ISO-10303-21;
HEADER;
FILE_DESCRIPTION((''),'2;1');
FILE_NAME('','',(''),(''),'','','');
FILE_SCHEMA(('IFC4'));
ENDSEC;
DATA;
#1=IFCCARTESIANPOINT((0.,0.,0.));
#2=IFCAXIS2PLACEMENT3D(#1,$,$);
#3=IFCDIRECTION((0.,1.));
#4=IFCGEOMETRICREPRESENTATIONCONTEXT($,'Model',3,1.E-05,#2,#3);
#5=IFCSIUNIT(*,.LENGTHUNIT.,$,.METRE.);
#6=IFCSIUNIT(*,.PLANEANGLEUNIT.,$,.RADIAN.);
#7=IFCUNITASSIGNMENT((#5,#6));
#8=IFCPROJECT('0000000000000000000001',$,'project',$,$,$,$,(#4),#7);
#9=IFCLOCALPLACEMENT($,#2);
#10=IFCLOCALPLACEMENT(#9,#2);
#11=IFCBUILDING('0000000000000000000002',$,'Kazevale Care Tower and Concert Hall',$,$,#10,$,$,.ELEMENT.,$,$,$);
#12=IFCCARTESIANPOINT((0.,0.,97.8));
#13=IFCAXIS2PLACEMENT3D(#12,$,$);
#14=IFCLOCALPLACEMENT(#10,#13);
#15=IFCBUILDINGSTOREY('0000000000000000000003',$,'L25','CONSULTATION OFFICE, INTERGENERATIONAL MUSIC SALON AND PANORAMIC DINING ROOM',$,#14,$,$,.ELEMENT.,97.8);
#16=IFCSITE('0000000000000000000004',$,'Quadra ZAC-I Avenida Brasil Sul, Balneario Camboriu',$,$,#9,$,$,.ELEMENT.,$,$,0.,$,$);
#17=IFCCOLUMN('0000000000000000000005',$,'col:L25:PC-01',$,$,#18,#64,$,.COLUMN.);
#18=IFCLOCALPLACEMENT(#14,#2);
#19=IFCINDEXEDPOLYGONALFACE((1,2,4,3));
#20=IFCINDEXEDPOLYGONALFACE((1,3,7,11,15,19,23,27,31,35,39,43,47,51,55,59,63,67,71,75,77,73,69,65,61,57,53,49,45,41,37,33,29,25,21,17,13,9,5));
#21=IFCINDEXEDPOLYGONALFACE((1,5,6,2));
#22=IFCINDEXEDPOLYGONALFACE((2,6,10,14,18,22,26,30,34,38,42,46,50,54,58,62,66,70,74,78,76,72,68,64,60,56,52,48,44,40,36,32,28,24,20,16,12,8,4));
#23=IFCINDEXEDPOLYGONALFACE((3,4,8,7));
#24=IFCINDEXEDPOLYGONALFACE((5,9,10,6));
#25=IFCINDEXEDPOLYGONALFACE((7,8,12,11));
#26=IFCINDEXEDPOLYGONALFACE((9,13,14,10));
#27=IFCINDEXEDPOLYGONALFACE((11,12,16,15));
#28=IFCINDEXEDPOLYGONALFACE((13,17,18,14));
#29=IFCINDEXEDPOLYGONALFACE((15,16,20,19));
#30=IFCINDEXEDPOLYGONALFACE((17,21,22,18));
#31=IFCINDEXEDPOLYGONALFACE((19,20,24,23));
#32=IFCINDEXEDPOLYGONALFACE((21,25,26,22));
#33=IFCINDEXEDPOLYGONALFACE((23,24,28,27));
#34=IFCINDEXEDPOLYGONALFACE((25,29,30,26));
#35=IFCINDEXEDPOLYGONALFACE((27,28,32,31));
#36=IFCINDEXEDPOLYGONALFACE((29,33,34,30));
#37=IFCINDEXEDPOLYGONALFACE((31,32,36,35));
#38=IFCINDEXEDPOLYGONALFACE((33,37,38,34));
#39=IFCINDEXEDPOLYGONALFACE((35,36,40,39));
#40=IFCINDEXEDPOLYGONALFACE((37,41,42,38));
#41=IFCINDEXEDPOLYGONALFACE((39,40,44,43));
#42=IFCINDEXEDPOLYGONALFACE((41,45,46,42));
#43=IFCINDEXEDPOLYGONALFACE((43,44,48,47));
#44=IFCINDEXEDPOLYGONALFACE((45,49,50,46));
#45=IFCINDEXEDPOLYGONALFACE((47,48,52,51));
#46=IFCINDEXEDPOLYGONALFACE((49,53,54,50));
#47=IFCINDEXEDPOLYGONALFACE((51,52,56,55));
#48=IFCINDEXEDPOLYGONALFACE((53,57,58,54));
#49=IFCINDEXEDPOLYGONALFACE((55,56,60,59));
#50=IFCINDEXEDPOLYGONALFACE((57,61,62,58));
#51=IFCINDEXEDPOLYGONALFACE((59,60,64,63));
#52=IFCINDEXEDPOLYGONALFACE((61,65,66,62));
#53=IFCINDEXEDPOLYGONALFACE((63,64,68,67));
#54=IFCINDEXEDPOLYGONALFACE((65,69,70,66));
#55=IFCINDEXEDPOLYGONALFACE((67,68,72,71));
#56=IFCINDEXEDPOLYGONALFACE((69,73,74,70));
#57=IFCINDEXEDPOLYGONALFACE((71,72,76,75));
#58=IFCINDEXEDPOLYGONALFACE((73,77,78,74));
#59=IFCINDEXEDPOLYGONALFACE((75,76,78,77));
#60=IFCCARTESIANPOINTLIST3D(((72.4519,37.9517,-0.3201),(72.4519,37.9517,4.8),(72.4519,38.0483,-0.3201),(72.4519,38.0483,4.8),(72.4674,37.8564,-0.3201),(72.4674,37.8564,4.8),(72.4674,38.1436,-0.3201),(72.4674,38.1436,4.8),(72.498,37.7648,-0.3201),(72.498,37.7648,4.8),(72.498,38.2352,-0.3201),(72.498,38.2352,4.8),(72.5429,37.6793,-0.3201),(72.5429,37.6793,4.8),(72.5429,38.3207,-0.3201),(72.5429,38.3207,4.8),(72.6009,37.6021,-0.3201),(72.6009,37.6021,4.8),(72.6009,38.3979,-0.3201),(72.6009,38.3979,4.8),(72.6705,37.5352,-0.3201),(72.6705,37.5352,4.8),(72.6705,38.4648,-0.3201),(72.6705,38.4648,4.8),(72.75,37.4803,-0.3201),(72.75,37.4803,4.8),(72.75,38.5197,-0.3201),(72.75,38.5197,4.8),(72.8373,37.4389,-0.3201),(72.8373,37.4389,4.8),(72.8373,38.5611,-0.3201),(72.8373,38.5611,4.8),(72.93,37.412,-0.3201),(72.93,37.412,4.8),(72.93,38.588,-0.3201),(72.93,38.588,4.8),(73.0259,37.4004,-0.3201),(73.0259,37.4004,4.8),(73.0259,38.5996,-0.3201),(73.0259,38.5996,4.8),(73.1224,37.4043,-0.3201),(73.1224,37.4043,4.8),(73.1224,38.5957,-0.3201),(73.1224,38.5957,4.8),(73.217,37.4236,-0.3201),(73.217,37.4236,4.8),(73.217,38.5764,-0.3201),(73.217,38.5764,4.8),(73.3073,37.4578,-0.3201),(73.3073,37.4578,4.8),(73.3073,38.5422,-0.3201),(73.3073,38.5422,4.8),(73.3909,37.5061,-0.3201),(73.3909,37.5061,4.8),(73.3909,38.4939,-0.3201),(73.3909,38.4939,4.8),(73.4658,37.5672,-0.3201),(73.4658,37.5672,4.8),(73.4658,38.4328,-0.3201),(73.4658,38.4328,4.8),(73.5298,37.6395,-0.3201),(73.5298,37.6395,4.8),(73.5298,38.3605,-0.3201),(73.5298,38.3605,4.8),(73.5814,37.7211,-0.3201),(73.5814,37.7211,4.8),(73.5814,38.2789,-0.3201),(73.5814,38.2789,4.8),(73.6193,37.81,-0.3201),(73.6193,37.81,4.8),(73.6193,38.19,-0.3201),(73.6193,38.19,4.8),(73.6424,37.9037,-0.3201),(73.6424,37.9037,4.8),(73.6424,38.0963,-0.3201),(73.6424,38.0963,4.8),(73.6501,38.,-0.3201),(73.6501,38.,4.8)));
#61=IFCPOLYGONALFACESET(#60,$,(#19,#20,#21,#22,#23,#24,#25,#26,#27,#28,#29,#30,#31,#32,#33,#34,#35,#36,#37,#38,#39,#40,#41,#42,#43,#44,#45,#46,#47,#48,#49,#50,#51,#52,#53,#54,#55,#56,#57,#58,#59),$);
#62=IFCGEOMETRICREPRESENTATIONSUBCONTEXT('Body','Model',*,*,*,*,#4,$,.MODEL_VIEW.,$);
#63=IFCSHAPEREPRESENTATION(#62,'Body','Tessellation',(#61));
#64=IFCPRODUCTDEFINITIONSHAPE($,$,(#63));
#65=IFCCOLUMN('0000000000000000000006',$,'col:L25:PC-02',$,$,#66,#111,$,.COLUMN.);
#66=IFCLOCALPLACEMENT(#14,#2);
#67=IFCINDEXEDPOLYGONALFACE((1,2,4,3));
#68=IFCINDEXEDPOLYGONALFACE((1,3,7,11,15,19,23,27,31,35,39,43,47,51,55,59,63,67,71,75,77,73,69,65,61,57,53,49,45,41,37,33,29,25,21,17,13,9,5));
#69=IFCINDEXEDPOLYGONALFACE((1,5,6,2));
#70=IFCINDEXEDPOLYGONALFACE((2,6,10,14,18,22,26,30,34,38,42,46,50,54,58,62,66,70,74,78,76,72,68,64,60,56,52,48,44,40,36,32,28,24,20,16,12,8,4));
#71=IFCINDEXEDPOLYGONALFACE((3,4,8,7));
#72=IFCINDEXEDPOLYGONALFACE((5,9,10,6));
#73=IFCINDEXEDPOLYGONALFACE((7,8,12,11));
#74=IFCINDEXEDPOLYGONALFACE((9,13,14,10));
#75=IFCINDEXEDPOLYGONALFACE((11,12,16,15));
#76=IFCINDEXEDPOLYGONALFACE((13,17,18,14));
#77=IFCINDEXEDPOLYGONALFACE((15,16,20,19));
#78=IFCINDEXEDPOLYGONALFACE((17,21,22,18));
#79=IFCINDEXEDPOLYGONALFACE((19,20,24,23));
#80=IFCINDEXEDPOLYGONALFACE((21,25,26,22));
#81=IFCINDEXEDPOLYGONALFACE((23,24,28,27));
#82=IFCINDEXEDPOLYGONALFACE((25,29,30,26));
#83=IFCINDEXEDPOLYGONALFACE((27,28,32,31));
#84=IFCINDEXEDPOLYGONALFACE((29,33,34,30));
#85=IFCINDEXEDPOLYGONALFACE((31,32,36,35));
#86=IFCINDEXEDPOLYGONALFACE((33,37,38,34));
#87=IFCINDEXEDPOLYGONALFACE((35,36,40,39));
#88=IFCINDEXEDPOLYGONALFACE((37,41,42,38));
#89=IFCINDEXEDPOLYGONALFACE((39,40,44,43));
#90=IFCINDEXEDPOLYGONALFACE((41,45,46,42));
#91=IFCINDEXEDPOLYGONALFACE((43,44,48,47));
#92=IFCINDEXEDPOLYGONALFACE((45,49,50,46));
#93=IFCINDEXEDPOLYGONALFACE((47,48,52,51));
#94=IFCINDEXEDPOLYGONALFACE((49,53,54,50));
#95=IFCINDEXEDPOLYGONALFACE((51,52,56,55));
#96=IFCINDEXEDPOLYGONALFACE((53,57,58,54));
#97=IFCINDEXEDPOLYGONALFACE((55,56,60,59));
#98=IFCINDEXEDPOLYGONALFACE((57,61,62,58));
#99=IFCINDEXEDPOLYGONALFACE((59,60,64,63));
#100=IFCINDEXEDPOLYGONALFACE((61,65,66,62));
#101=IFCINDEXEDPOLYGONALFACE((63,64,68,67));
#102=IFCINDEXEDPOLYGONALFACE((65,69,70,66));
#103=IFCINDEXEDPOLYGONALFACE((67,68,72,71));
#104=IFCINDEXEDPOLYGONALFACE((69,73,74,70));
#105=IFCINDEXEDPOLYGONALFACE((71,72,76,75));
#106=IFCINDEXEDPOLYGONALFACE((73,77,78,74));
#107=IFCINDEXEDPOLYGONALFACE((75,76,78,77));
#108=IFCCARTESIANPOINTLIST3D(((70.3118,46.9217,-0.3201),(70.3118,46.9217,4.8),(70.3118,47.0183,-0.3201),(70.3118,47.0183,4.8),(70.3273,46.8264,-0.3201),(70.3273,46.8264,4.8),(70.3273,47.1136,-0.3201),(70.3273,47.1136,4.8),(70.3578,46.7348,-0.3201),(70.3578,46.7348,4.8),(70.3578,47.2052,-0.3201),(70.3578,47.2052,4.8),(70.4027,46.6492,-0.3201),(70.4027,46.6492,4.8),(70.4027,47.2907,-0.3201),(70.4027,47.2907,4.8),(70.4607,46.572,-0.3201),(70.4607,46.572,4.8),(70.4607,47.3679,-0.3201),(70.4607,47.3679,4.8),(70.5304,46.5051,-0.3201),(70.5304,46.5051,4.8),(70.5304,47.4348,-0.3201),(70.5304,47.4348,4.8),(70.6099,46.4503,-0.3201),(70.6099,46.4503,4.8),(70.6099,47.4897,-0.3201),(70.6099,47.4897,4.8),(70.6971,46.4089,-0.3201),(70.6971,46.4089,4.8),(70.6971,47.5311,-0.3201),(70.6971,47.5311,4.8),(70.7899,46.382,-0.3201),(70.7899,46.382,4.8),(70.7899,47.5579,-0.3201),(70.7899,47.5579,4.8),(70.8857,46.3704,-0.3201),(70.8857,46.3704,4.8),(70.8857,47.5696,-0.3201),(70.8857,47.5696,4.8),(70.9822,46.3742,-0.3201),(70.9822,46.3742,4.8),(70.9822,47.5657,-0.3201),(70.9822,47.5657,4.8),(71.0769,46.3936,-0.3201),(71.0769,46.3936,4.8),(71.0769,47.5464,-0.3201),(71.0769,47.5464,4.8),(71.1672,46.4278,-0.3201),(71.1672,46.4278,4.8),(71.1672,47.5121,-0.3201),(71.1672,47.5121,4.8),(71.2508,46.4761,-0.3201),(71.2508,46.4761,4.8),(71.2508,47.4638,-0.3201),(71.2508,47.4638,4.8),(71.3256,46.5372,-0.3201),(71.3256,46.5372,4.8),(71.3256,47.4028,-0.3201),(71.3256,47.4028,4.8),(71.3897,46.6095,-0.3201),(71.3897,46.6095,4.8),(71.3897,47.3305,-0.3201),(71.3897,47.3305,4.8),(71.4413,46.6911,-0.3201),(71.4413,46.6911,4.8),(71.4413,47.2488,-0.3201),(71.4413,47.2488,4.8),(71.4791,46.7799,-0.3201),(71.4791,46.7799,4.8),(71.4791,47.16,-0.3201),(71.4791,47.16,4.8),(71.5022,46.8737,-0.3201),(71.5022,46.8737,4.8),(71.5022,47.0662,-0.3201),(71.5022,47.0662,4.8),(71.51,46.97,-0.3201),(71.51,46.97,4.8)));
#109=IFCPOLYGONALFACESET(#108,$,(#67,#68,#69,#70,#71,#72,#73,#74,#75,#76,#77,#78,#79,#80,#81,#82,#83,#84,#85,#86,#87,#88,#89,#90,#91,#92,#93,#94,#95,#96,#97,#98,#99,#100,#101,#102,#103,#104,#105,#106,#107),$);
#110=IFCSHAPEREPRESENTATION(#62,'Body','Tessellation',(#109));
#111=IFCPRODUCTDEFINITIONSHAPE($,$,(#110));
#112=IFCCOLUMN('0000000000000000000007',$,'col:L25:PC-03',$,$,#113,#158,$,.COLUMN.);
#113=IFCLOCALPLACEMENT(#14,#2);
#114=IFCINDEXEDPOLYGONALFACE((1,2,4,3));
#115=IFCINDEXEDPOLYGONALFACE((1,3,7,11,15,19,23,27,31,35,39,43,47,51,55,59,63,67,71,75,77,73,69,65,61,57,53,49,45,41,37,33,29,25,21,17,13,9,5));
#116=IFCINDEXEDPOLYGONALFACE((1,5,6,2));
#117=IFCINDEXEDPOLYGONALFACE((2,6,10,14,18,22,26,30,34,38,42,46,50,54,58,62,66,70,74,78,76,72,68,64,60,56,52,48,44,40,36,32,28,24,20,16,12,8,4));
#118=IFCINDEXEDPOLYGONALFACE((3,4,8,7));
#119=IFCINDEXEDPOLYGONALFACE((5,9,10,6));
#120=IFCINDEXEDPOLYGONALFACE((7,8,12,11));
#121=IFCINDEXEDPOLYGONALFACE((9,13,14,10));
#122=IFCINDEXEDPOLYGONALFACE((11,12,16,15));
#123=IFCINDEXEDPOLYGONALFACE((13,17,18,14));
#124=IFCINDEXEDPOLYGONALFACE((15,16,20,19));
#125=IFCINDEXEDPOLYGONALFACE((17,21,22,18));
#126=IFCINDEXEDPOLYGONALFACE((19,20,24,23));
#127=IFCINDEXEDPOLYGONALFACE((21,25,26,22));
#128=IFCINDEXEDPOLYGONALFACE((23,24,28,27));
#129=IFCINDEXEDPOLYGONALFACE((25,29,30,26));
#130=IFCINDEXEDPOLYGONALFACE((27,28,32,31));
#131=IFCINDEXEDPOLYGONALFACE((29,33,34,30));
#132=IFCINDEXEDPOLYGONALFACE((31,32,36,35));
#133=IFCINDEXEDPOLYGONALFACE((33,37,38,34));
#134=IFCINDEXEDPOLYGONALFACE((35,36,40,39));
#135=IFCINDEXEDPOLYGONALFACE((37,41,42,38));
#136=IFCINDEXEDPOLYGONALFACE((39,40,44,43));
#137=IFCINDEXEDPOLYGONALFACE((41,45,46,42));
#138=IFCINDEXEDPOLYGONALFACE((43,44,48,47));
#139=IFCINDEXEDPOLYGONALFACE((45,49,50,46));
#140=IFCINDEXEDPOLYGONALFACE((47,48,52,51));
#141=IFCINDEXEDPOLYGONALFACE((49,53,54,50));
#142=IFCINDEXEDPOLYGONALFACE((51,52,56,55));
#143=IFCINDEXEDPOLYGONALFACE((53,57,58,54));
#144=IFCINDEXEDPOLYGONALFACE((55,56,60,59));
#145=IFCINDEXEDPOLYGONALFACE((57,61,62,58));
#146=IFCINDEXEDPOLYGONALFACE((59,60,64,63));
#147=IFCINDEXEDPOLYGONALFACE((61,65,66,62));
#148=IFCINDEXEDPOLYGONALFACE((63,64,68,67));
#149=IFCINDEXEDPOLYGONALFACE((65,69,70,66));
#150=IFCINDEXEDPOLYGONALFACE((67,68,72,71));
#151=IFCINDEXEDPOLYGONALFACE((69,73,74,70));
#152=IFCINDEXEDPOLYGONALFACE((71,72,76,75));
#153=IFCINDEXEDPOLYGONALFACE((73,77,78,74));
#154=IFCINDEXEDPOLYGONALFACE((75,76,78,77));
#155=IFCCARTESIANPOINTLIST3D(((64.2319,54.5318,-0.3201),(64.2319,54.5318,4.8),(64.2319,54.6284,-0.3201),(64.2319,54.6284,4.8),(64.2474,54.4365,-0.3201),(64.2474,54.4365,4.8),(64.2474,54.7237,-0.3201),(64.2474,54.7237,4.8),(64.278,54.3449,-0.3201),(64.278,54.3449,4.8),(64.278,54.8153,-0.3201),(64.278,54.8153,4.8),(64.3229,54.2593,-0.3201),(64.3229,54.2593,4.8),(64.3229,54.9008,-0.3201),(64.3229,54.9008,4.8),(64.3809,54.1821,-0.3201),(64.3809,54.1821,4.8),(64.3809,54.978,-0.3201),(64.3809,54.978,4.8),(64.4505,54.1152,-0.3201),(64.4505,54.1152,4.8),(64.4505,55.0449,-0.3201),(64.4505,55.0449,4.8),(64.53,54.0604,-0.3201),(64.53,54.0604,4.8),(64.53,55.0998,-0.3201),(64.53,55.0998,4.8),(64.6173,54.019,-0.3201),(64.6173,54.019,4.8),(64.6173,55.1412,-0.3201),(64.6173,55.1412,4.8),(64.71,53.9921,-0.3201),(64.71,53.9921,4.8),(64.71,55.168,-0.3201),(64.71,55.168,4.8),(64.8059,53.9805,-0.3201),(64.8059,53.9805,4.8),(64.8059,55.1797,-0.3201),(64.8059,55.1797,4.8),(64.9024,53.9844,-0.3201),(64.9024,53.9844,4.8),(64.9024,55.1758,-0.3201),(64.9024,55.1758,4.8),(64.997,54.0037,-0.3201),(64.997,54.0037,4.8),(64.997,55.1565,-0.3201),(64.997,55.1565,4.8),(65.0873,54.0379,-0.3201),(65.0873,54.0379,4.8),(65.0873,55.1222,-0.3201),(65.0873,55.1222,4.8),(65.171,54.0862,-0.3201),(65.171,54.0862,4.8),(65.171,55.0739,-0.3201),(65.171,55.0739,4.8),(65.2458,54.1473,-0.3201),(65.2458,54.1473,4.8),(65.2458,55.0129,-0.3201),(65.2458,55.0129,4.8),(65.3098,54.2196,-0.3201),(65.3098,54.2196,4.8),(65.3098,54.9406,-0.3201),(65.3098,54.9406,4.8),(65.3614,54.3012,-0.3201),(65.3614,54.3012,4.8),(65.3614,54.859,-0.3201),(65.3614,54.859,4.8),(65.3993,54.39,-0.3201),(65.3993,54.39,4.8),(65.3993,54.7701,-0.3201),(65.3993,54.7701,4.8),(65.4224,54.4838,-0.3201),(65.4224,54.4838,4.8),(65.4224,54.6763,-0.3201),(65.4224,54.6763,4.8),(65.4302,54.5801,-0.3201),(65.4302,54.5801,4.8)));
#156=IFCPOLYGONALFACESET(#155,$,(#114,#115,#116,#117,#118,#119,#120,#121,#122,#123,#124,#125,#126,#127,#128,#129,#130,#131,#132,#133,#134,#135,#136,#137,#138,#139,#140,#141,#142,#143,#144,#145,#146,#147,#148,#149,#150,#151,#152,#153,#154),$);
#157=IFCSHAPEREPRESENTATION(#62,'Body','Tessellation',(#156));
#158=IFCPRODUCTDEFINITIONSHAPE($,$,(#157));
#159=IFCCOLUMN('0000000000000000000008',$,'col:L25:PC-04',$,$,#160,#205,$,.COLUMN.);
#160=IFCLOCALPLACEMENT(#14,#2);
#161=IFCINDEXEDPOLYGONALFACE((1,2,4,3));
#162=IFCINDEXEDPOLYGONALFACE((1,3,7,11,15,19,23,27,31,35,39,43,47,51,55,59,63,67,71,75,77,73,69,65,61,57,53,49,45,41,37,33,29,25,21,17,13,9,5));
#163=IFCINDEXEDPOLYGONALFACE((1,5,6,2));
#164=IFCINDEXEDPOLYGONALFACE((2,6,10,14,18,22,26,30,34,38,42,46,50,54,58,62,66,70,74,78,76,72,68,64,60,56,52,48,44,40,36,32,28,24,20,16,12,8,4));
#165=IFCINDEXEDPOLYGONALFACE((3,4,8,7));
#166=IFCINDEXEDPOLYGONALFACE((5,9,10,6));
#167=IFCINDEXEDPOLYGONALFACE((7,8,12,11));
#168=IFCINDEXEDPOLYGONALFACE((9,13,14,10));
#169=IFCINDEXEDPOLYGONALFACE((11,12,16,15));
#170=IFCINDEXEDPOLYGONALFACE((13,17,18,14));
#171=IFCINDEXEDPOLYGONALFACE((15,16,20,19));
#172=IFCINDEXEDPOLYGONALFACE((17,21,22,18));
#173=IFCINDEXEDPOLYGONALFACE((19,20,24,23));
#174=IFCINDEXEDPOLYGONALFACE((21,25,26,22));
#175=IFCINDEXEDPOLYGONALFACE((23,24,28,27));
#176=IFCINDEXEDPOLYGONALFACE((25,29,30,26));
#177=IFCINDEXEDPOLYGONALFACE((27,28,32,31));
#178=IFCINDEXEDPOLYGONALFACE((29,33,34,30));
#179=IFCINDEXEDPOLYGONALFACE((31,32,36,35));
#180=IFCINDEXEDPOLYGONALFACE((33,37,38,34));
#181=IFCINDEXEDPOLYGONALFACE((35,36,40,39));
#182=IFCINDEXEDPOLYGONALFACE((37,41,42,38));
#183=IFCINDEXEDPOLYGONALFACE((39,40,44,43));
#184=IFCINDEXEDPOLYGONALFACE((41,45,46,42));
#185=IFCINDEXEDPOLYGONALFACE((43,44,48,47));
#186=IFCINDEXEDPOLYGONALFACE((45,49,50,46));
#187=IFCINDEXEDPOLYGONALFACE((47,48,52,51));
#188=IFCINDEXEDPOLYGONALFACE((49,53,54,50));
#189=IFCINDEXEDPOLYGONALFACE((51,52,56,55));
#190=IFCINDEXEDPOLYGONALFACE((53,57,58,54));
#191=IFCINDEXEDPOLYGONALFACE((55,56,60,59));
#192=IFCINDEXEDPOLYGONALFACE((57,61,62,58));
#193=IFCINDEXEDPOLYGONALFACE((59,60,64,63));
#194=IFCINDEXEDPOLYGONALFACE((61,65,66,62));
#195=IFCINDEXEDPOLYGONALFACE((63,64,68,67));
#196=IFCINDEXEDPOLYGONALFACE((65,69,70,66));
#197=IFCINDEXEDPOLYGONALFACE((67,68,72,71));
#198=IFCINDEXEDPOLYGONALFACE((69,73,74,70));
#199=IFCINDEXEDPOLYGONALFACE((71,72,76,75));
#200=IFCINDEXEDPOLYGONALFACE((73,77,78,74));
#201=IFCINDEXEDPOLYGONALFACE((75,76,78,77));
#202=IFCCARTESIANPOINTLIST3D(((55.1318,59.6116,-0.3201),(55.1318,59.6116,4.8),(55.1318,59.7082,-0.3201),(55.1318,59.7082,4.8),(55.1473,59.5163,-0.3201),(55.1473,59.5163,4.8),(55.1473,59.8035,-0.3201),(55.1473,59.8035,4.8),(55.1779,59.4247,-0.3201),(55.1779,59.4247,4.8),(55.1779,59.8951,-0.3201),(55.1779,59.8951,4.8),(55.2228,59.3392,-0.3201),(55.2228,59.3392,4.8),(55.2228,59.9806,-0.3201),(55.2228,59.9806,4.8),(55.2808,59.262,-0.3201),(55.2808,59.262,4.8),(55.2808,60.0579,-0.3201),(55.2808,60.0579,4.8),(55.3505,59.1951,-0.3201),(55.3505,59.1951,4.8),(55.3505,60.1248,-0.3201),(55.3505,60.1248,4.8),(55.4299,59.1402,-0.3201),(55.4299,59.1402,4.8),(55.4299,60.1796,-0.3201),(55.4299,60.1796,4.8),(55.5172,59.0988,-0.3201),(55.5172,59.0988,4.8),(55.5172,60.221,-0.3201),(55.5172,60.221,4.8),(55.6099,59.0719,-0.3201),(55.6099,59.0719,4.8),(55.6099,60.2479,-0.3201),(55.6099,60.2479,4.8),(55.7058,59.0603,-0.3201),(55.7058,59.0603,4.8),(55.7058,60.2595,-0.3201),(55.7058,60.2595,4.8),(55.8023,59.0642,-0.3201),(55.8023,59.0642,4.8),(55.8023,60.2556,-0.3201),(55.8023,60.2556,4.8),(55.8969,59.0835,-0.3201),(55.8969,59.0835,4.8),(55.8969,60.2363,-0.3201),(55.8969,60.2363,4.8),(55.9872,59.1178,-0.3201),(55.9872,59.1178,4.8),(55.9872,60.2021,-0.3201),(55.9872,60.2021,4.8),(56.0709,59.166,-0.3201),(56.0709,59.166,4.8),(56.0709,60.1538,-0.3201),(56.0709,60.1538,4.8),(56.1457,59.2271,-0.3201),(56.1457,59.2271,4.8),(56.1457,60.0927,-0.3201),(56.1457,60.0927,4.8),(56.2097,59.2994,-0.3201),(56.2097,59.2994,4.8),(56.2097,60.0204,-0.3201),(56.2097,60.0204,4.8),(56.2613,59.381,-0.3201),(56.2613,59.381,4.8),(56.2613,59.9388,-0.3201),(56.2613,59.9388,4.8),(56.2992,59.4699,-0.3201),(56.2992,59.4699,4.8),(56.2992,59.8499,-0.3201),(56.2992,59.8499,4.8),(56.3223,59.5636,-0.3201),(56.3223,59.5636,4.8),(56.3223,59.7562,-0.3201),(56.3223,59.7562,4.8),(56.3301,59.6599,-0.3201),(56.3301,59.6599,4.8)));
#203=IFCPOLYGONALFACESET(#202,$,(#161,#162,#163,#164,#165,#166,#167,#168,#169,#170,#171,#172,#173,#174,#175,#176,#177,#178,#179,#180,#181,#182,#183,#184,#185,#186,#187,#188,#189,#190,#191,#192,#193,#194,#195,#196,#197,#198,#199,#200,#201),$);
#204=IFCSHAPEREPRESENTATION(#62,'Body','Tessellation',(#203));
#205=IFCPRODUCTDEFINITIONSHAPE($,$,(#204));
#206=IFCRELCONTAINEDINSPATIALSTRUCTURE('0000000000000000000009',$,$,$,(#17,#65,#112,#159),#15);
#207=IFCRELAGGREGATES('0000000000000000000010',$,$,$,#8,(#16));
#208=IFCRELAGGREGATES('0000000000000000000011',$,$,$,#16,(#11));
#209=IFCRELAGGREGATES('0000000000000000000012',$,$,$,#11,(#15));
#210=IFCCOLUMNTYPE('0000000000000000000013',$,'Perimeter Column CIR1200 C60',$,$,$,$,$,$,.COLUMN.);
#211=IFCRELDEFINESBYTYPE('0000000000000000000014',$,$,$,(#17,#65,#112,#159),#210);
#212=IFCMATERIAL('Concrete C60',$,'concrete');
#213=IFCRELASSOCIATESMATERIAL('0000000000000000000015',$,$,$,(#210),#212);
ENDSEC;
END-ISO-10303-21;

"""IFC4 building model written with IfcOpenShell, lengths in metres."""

from ifc_helpers import new_model, si_unit, direction, frame, origin, origin_2d, place, context, subcontext, project, spatial, circle, extrude, material, material_profile, profile_set, type_object, element, save


model = new_model("IFC4")

# Units and contexts
model_context = context("Model", 3, precision=1e-05, world=origin(), true_north=direction((0.0, 1.0)))
body_context = subcontext(model_context, "Body", "Model", "MODEL_VIEW")
ifc_project = project(units=[si_unit("LENGTHUNIT", "METRE"), si_unit("PLANEANGLEUNIT", "RADIAN")], contexts=[model_context])

# Site, building, storey
site_placement = place(None, origin())
site = spatial("IfcSite", under=ifc_project, at=site_placement, Name="Quadra ZAC-I Avenida Brasil Sul, Balneario Camboriu", CompositionType="ELEMENT", RefElevation=0.0)
building_placement = place(site_placement, origin())
building = spatial("IfcBuilding", under=site, at=building_placement, Name="Kazevale Care Tower and Concert Hall", CompositionType="ELEMENT")
storey_placement = place(building_placement, frame((0.0, 0.0, 97.8)))
storey = spatial("IfcBuildingStorey", under=building, at=storey_placement, Name="L25", Description="CONSULTATION OFFICE, INTERGENERATIONAL MUSIC SALON AND PANORAMIC DINING ROOM", CompositionType="ELEMENT", Elevation=97.8)

# Columns
ifc_material_1 = material(Name="Concrete C60", Category="concrete")
ifc_material_profile_1 = material_profile(ifc_material_1, circle(Radius=0.6001, at=origin_2d()), Name="RC-CIR1200")
ifc_profile_set_1 = profile_set([ifc_material_profile_1], Name="Concrete C60")
column_type = type_object("IfcColumnType", Name="Perimeter Column CIR1200 C60", PredefinedType="COLUMN", material=ifc_profile_set_1)
for number, where, z_axis, x_axis, name in (
    (1, (73.05, 38.0, -0.3201), (0.0, 0.0, 1.0), (1.0, 0.0, 0.0), "col:L25:PC-01"),
    (2, (70.9099, 46.97, -0.3201), (0.0, 0.0, 1.0), (1.0, 0.0, 0.0), "col:L25:PC-02"),
    (3, (64.8301, 54.5801, -0.3201), (0.0, 0.0, 1.0), (1.0, 0.0, 0.0), "col:L25:PC-03"),
    (4, (55.73, 59.6599, -0.3201), (0.0, 0.0, 1.0), (1.0, 0.0, 0.0), "col:L25:PC-04"),
):
    element("IfcColumn", number, at=place(storey_placement, frame(where, z_axis=z_axis, x_axis=x_axis)), inside=storey, type_object=column_type, Name=name, PredefinedType="COLUMN", context=body_context, shape_type="SweptSolid", body=[
        extrude(circle(Radius=0.6001, at=origin_2d()), origin(), (0.0, 0.0, 1.0), 5.1201),
    ])

save(model, "model.ifc")
